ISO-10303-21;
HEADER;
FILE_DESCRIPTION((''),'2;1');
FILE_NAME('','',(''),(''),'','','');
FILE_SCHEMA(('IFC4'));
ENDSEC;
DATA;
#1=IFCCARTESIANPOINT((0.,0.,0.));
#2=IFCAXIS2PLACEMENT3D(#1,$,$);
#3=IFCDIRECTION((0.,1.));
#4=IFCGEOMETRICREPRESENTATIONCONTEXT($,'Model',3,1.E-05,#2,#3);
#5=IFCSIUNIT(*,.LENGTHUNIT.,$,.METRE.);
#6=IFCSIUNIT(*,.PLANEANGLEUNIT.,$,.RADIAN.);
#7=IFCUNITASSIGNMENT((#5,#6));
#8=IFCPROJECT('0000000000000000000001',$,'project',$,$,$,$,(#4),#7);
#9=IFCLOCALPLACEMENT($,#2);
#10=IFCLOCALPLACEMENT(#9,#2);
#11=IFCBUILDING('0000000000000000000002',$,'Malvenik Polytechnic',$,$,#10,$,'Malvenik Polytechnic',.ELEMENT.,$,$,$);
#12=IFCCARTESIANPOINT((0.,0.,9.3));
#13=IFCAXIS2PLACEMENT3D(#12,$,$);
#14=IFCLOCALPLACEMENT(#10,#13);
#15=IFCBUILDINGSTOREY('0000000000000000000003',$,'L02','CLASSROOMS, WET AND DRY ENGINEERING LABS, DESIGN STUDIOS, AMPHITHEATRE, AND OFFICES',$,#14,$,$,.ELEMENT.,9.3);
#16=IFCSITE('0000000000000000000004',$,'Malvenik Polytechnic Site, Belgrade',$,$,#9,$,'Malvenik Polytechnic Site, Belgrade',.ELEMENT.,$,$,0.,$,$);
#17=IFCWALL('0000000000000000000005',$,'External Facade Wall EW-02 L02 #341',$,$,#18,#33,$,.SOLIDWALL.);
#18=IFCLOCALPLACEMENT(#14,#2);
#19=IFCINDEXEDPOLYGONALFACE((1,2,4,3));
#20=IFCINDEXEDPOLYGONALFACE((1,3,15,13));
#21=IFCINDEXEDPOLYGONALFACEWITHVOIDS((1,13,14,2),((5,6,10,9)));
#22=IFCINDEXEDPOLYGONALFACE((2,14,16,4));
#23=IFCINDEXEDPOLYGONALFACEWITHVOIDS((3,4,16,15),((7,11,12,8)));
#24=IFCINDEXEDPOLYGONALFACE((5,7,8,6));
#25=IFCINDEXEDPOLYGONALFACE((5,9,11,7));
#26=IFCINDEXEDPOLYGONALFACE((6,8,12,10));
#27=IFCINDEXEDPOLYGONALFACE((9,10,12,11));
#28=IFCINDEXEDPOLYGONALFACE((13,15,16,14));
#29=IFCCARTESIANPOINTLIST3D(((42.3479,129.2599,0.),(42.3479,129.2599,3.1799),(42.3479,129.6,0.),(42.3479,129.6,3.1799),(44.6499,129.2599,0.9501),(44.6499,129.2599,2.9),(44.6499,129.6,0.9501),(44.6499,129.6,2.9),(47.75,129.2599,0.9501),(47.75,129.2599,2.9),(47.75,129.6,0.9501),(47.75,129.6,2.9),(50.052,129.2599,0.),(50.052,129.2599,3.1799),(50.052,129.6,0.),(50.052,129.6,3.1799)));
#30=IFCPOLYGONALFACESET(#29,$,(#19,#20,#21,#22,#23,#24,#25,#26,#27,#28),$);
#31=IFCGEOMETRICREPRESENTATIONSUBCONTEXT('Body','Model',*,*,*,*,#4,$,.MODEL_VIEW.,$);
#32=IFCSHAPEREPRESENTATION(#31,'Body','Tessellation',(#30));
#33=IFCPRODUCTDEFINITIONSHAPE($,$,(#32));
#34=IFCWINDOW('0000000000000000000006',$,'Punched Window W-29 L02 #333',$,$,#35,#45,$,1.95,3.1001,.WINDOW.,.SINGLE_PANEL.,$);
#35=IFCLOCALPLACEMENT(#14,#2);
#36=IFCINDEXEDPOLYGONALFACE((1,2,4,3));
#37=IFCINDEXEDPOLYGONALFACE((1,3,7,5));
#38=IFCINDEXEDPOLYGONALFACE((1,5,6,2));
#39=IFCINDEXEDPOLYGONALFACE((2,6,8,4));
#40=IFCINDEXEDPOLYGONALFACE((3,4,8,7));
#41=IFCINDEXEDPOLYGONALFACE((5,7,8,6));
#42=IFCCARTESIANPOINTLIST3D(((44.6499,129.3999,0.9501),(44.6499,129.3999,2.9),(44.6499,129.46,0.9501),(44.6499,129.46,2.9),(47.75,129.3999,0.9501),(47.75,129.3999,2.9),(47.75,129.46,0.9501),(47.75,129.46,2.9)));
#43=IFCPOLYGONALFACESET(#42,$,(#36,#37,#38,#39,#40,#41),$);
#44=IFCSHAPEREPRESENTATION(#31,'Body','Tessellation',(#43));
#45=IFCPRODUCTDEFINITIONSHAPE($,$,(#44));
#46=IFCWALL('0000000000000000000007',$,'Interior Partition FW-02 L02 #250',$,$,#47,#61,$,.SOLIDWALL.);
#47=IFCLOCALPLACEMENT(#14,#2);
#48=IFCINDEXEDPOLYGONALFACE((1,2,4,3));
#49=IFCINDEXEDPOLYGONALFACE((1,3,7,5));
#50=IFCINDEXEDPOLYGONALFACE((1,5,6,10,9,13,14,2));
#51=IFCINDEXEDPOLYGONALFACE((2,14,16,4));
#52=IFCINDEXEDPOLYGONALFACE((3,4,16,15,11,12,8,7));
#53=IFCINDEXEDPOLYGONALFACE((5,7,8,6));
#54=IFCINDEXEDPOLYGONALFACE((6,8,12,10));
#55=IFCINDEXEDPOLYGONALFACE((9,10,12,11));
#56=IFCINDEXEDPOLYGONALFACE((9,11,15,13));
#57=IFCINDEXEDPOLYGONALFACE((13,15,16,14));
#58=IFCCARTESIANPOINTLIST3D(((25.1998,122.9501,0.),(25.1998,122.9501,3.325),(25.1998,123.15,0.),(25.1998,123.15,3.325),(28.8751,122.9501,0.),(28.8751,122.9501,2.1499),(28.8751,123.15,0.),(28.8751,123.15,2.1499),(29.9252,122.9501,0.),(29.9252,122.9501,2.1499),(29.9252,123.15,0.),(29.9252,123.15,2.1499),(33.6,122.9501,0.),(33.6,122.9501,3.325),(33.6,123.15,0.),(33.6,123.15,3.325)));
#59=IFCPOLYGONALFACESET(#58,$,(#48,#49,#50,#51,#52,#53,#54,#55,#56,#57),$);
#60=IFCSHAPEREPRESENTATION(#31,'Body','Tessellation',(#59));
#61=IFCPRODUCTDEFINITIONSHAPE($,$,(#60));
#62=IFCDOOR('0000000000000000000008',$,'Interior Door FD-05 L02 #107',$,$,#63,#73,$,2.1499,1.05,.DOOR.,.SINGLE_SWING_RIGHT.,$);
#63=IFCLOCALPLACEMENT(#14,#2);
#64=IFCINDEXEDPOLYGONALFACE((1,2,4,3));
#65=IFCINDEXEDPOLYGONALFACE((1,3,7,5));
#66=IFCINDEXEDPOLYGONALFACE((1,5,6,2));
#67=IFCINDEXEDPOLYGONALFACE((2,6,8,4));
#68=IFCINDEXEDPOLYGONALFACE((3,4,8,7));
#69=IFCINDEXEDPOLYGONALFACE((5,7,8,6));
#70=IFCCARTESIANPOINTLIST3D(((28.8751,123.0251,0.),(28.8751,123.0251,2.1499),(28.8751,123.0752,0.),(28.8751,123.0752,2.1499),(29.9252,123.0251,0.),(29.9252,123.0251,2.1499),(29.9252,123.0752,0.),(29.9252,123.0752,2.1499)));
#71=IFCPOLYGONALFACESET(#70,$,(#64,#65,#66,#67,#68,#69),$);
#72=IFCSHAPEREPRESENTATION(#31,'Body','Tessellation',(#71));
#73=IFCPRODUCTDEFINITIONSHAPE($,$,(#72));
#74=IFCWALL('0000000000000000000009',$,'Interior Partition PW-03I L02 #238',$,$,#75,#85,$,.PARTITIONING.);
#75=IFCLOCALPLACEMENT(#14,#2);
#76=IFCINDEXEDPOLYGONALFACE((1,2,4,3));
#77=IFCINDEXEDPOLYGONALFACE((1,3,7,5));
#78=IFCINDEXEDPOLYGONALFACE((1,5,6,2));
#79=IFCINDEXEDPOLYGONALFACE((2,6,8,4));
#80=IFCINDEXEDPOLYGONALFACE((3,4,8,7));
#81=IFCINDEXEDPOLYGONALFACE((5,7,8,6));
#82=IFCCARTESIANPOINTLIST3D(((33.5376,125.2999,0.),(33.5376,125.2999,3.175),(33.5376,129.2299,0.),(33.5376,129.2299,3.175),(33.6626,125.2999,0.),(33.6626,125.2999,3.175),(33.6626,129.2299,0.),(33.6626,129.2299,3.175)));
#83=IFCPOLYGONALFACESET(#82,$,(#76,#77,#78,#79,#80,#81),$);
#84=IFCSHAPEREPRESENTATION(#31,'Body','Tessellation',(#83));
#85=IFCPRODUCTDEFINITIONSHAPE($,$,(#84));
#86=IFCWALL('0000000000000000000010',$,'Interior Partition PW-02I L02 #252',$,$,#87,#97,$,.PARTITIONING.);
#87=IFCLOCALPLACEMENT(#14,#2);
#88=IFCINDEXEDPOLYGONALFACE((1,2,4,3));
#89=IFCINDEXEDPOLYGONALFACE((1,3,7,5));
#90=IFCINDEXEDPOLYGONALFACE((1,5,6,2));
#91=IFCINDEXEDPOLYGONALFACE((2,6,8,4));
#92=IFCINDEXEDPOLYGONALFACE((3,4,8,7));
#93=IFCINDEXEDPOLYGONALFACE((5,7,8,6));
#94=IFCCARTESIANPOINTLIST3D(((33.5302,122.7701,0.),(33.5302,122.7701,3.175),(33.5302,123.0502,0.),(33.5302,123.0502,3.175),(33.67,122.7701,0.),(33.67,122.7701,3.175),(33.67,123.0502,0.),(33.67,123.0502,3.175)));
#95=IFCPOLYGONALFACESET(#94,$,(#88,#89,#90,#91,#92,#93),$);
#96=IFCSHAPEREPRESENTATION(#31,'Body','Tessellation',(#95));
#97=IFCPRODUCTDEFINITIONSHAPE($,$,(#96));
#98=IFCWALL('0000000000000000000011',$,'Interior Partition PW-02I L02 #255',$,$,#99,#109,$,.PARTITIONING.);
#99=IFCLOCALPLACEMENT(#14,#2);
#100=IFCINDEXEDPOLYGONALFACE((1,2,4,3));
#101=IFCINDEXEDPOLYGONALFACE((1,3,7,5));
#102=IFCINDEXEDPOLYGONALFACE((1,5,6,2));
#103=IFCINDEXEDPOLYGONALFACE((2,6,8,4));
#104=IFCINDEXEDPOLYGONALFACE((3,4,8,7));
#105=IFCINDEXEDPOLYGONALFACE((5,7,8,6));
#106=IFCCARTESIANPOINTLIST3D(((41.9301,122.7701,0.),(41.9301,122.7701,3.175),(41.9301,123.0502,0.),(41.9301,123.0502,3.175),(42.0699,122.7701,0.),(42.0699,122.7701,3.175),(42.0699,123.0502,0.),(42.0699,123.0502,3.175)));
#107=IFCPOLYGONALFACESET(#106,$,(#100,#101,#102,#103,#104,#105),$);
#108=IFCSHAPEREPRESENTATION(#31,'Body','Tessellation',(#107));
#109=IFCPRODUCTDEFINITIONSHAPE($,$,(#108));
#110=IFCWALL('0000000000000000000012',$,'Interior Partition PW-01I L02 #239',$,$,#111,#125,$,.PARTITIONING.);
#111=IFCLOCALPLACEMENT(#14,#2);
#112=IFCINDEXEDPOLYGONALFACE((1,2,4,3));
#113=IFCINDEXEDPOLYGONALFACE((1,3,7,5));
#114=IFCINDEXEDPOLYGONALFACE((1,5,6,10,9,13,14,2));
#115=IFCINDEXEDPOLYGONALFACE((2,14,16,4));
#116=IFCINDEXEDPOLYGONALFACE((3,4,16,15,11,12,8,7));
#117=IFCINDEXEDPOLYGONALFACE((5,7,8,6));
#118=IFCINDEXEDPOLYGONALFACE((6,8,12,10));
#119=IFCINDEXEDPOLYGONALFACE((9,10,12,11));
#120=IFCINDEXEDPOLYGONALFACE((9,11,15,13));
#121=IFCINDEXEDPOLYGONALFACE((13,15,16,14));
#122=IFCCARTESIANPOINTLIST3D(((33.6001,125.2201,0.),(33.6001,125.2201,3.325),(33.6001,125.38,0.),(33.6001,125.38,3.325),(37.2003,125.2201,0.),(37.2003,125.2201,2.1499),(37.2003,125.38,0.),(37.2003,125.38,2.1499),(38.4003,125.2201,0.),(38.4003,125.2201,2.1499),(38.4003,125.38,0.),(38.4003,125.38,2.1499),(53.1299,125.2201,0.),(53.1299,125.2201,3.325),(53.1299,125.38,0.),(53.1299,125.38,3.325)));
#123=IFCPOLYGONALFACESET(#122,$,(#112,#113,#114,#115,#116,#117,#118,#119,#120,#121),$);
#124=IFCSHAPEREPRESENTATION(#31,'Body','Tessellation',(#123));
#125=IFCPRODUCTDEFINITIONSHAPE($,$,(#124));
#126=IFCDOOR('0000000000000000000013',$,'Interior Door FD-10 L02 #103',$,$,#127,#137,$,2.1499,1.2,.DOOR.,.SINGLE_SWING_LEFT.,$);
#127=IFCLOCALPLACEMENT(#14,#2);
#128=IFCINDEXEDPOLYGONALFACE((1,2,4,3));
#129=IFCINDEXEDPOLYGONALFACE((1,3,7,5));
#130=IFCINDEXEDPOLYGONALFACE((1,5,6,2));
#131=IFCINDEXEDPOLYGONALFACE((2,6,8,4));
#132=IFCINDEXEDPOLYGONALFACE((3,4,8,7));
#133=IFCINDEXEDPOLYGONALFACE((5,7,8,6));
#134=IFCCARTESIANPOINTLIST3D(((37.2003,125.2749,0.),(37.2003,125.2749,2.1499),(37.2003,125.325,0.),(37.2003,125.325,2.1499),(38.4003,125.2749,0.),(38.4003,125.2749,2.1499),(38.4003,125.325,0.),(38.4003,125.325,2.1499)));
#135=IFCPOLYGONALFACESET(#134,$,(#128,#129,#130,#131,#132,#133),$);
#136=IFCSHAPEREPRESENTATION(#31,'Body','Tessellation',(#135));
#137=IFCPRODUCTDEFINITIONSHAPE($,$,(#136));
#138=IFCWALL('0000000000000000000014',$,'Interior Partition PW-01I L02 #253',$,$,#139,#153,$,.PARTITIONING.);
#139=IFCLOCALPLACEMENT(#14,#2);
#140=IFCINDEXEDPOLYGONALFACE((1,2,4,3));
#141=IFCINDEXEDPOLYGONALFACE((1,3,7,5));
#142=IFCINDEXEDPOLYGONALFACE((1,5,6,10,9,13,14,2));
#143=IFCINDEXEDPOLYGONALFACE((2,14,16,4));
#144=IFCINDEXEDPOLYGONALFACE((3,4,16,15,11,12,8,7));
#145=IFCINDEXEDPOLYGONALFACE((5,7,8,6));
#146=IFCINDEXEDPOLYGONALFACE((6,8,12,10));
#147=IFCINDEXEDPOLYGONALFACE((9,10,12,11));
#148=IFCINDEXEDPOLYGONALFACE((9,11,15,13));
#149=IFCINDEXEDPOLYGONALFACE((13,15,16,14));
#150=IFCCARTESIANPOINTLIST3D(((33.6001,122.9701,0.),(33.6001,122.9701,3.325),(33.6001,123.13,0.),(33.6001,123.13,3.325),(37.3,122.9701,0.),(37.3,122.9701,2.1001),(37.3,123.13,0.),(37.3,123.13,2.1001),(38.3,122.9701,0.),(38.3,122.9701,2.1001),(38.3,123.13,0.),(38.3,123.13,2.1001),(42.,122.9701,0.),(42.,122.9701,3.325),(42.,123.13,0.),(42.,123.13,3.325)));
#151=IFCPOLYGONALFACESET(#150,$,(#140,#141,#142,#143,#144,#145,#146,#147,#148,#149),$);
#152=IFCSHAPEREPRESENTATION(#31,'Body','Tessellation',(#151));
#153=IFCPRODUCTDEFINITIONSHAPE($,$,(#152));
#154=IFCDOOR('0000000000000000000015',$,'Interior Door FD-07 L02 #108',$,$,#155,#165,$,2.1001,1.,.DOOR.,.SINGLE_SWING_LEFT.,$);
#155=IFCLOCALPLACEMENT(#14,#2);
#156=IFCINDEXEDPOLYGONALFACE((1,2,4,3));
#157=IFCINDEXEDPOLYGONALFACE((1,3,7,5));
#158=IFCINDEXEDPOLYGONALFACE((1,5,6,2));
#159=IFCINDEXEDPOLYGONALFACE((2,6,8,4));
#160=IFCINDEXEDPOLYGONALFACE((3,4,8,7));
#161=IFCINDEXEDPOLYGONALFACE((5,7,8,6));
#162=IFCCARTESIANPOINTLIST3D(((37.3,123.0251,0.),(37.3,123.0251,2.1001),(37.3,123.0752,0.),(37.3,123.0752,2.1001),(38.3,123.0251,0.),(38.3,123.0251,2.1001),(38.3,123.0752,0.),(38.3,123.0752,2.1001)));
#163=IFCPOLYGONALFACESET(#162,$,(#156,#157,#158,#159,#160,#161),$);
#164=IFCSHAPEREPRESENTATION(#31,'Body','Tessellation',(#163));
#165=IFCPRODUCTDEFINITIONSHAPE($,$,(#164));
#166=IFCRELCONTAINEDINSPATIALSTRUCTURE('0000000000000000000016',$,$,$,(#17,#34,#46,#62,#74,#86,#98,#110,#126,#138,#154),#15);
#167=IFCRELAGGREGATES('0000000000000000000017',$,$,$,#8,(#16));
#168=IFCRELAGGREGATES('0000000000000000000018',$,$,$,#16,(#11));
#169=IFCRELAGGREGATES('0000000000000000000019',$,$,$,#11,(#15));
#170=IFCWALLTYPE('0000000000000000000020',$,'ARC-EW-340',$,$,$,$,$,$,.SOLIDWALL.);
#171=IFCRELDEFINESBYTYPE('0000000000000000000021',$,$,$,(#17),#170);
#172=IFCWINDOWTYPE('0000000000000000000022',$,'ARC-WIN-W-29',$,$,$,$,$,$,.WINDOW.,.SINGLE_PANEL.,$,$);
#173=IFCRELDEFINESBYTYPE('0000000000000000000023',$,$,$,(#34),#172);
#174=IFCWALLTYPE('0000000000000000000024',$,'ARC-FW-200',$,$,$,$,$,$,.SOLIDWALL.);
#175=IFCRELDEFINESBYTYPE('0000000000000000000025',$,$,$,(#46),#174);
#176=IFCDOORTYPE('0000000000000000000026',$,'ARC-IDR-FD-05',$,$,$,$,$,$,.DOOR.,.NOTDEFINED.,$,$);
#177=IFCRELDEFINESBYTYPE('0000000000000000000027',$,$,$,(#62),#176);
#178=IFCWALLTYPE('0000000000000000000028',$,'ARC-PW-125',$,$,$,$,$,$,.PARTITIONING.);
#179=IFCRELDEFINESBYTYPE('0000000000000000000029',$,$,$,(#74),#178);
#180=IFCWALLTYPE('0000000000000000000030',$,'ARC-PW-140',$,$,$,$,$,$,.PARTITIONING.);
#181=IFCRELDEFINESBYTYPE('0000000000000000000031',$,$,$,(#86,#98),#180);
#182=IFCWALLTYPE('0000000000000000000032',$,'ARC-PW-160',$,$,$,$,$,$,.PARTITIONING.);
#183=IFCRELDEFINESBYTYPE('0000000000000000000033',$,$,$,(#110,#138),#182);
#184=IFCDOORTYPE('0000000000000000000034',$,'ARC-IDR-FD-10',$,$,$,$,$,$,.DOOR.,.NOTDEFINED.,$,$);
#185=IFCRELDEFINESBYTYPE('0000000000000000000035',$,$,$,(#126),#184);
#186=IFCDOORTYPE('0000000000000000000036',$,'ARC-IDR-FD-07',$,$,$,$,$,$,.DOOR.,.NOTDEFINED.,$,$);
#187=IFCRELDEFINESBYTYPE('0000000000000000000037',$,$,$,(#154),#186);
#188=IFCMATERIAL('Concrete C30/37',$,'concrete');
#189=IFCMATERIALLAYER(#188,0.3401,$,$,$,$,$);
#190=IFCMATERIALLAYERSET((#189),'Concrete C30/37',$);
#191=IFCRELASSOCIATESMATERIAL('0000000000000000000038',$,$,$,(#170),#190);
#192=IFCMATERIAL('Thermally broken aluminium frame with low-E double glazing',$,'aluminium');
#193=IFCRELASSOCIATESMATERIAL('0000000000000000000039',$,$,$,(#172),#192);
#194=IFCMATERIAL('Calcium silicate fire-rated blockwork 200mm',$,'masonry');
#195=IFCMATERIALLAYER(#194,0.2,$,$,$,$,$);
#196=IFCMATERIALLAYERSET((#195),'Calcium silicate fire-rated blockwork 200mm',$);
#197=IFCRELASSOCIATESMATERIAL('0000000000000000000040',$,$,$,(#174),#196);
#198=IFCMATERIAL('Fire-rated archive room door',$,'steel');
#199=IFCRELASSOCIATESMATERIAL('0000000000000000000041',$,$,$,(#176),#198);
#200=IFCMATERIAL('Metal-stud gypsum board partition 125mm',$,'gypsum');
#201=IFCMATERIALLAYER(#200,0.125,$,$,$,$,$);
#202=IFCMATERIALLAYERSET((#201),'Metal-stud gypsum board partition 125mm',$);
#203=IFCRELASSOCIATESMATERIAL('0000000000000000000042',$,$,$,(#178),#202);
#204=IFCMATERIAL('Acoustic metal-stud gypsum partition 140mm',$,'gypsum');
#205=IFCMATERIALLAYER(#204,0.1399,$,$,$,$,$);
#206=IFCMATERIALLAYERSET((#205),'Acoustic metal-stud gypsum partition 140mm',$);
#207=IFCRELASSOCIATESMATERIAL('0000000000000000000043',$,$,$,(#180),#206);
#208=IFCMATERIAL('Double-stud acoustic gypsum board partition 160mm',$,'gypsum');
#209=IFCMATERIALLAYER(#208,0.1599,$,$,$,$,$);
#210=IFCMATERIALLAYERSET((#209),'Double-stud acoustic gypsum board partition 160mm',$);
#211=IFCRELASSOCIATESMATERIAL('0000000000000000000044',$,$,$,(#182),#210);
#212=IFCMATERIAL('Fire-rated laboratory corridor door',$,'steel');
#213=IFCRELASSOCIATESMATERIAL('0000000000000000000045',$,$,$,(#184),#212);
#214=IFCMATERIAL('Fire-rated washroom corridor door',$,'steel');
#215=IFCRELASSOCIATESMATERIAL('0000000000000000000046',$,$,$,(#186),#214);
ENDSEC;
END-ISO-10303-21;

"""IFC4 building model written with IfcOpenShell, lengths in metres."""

from ifc_helpers import new_model, si_unit, direction, frame, frame_2d, origin, place, context, subcontext, project, spatial, rectangle, extrude, material, layer, layer_set, type_object, element, fill, save


model = new_model("IFC4")

# Units and contexts
model_context = context("Model", 3, precision=1e-05, world=origin(), true_north=direction((0.0, 1.0)))
body_context = subcontext(model_context, "Body", "Model", "MODEL_VIEW")
ifc_project = project(units=[si_unit("LENGTHUNIT", "METRE"), si_unit("PLANEANGLEUNIT", "RADIAN")], contexts=[model_context])

# Site, building, storey
site_placement = place(None, origin())
site = spatial("IfcSite", under=ifc_project, at=site_placement, Name="Malvenik Polytechnic Site, Belgrade", LongName="Malvenik Polytechnic Site, Belgrade", CompositionType="ELEMENT", RefElevation=0.0)
building_placement = place(site_placement, origin())
building = spatial("IfcBuilding", under=site, at=building_placement, Name="Malvenik Polytechnic", LongName="Malvenik Polytechnic", CompositionType="ELEMENT")
storey_placement = place(building_placement, frame((0.0, 0.0, 9.3)))
storey = spatial("IfcBuildingStorey", under=building, at=storey_placement, Name="L02", Description="CLASSROOMS, WET AND DRY ENGINEERING LABS, DESIGN STUDIOS, AMPHITHEATRE, AND OFFICES", CompositionType="ELEMENT", Elevation=9.3)

# Shared definitions
ifc_material_1 = material(Name="Concrete C30/37", Category="concrete")

# Wall, opening, window
ifc_layer_1 = layer(ifc_material_1, 0.3401)
ifc_layer_set_1 = layer_set([ifc_layer_1], Name="Concrete C30/37")
wall_type_1 = type_object("IfcWallType", Name="ARC-EW-340", PredefinedType="SOLIDWALL", material=ifc_layer_set_1)
ifc_material_2 = material(Name="Thermally broken aluminium frame with low-E double glazing", Category="aluminium")
wall_1_placement = place(storey_placement, frame((42.3479, 129.4299, 0.0), z_axis=(0.0, 0.0, 1.0), x_axis=(1.0, 0.0, 0.0)))
wall_1 = element("IfcWall", 1, at=wall_1_placement, inside=storey, type_object=wall_type_1, Name="External Facade Wall EW-02 L02 #341", PredefinedType="SOLIDWALL", context=body_context, shape_type="SweptSolid", body=[
    extrude(rectangle(XDim=7.7041, YDim=0.3401, at=frame_2d((3.8521, 0.0))), origin(), (0.0, 0.0, 1.0), 3.1799),
])
opening_1_placement = place(wall_1_placement, frame((2.302, 0.0, 0.95)))
opening_1 = element("IfcOpeningElement", 2, at=opening_1_placement, cuts=wall_1, PredefinedType="OPENING", context=body_context, shape_type="SweptSolid", body=[
    extrude(rectangle(XDim=3.1001, YDim=1.95, at=frame_2d((1.55, 0.9751))), frame((0.0, 0.1802, 0.0), z_axis=(0.0, -1.0, 0.0), x_axis=(1.0, 0.0, 0.0)), (0.0, 0.0, 1.0), 0.3601),
])
window_type_1 = type_object("IfcWindowType", Name="ARC-WIN-W-29", PartitioningType="SINGLE_PANEL", PredefinedType="WINDOW", material=ifc_material_2)
window_1_placement = place(opening_1_placement, origin())
window_1 = element("IfcWindow", 3, at=window_1_placement, inside=storey, type_object=window_type_1, Name="Punched Window W-29 L02 #333", OverallHeight=1.95, OverallWidth=3.1001, PartitioningType="SINGLE_PANEL", PredefinedType="WINDOW", context=body_context, shape_type="SweptSolid", body=[
    extrude(rectangle(XDim=3.1001, YDim=1.95, at=frame_2d((1.55, 0.9751))), frame((0.0, 0.03, 0.0), z_axis=(0.0, -1.0, 0.0), x_axis=(1.0, 0.0, 0.0)), (0.0, 0.0, 1.0), 0.0601),
])
fill(opening_1, window_1)

# Wall, opening, door
ifc_material_3 = material(Name="Calcium silicate fire-rated blockwork 200mm", Category="masonry")
ifc_layer_2 = layer(ifc_material_3, 0.2)
ifc_layer_set_2 = layer_set([ifc_layer_2], Name="Calcium silicate fire-rated blockwork 200mm")
wall_type_2 = type_object("IfcWallType", Name="ARC-FW-200", PredefinedType="SOLIDWALL", material=ifc_layer_set_2)
wall_2_placement = place(storey_placement, frame((33.6001, 123.05, 0.0), z_axis=(0.0, 0.0, 1.0), x_axis=(-1.0, 0.0, 0.0)))
wall_2 = element("IfcWall", 4, at=wall_2_placement, inside=storey, type_object=wall_type_2, Name="Interior Partition FW-02 L02 #250", PredefinedType="SOLIDWALL", context=body_context, shape_type="SweptSolid", body=[
    extrude(rectangle(XDim=8.4001, YDim=0.2, at=frame_2d((4.2002, 0.0))), origin(), (0.0, 0.0, 1.0), 3.325),
])
opening_2_placement = place(wall_2_placement, frame((3.675, 0.0, 0.0)))
opening_2 = element("IfcOpeningElement", 5, at=opening_2_placement, cuts=wall_2, PredefinedType="OPENING", context=body_context, shape_type="SweptSolid", body=[
    extrude(rectangle(XDim=1.05, YDim=2.1499, at=frame_2d((0.5249, 1.075))), frame((0.0, 0.1099, 0.0), z_axis=(0.0, -1.0, 0.0), x_axis=(1.0, 0.0, 0.0)), (0.0, 0.0, 1.0), 0.22),
])
ifc_material_4 = material(Name="Fire-rated archive room door", Category="steel")
door_type_1 = type_object("IfcDoorType", Name="ARC-IDR-FD-05", OperationType="NOTDEFINED", PredefinedType="DOOR", material=ifc_material_4)
door_1_placement = place(opening_2_placement, origin())
door_1 = element("IfcDoor", 6, at=door_1_placement, inside=storey, type_object=door_type_1, Name="Interior Door FD-05 L02 #107", OperationType="SINGLE_SWING_RIGHT", OverallHeight=2.1499, OverallWidth=1.05, PredefinedType="DOOR", context=body_context, shape_type="SweptSolid", body=[
    extrude(rectangle(XDim=1.05, YDim=2.1499, at=frame_2d((0.5249, 1.075))), frame((0.0, 0.0249, 0.0), z_axis=(0.0, -1.0, 0.0), x_axis=(1.0, 0.0, 0.0)), (0.0, 0.0, 1.0), 0.05),
])
fill(opening_2, door_1)

# Walls
ifc_material_5 = material(Name="Metal-stud gypsum board partition 125mm", Category="gypsum")
ifc_layer_3 = layer(ifc_material_5, 0.125)
ifc_layer_set_3 = layer_set([ifc_layer_3], Name="Metal-stud gypsum board partition 125mm")
wall_type_3 = type_object("IfcWallType", Name="ARC-PW-125", PredefinedType="PARTITIONING", material=ifc_layer_set_3)
wall_3_placement = place(storey_placement, frame((33.6001, 125.3, 0.0), z_axis=(0.0, 0.0, 1.0), x_axis=(0.0, 1.0, 0.0)))
element("IfcWall", 7, at=wall_3_placement, inside=storey, type_object=wall_type_3, Name="Interior Partition PW-03I L02 #238", PredefinedType="PARTITIONING", context=body_context, shape_type="SweptSolid", body=[
    extrude(rectangle(XDim=3.9299, YDim=0.125, at=frame_2d((1.9648, 0.0))), origin(), (0.0, 0.0, 1.0), 3.175),
])
ifc_material_6 = material(Name="Acoustic metal-stud gypsum partition 140mm", Category="gypsum")
ifc_layer_4 = layer(ifc_material_6, 0.1399)
ifc_layer_set_4 = layer_set([ifc_layer_4], Name="Acoustic metal-stud gypsum partition 140mm")
wall_type_4 = type_object("IfcWallType", Name="ARC-PW-140", PredefinedType="PARTITIONING", material=ifc_layer_set_4)
for number, where, z_axis, x_axis, name in (
    (8, (33.6001, 122.77, 0.0), (0.0, 0.0, 1.0), (0.0, 1.0, 0.0), "Interior Partition PW-02I L02 #252"),
    (9, (42.0, 122.77, 0.0), (0.0, 0.0, 1.0), (0.0, 1.0, 0.0), "Interior Partition PW-02I L02 #255"),
):
    element("IfcWall", number, at=place(storey_placement, frame(where, z_axis=z_axis, x_axis=x_axis)), inside=storey, type_object=wall_type_4, Name=name, PredefinedType="PARTITIONING", context=body_context, shape_type="SweptSolid", body=[
        extrude(rectangle(XDim=0.28, YDim=0.1399, at=frame_2d((0.1401, 0.0))), origin(), (0.0, 0.0, 1.0), 3.175),
    ])

# Walls, openings, doors
ifc_material_7 = material(Name="Double-stud acoustic gypsum board partition 160mm", Category="gypsum")
ifc_layer_5 = layer(ifc_material_7, 0.1599)
ifc_layer_set_5 = layer_set([ifc_layer_5], Name="Double-stud acoustic gypsum board partition 160mm")
wall_type_5 = type_object("IfcWallType", Name="ARC-PW-160", PredefinedType="PARTITIONING", material=ifc_layer_set_5)
wall_4_placement = place(storey_placement, frame((33.6001, 125.3, 0.0), z_axis=(0.0, 0.0, 1.0), x_axis=(1.0, 0.0, 0.0)))
wall_4 = element("IfcWall", 10, at=wall_4_placement, inside=storey, type_object=wall_type_5, Name="Interior Partition PW-01I L02 #239", PredefinedType="PARTITIONING", context=body_context, shape_type="SweptSolid", body=[
    extrude(rectangle(XDim=19.5298, YDim=0.1599, at=frame_2d((9.7649, 0.0))), origin(), (0.0, 0.0, 1.0), 3.325),
])
opening_3_placement = place(wall_4_placement, frame((3.6001, 0.0, 0.0)))
opening_3 = element("IfcOpeningElement", 11, at=opening_3_placement, cuts=wall_4, PredefinedType="OPENING", context=body_context, shape_type="SweptSolid", body=[
    extrude(rectangle(XDim=1.2, YDim=2.1499, at=frame_2d((0.6001, 1.075))), frame((0.0, 0.0898, 0.0), z_axis=(0.0, -1.0, 0.0), x_axis=(1.0, 0.0, 0.0)), (0.0, 0.0, 1.0), 0.1799),
])
ifc_material_8 = material(Name="Fire-rated laboratory corridor door", Category="steel")
door_type_2 = type_object("IfcDoorType", Name="ARC-IDR-FD-10", OperationType="NOTDEFINED", PredefinedType="DOOR", material=ifc_material_8)
door_2_placement = place(opening_3_placement, origin())
door_2 = element("IfcDoor", 12, at=door_2_placement, inside=storey, type_object=door_type_2, Name="Interior Door FD-10 L02 #103", OperationType="SINGLE_SWING_LEFT", OverallHeight=2.1499, OverallWidth=1.2, PredefinedType="DOOR", context=body_context, shape_type="SweptSolid", body=[
    extrude(rectangle(XDim=1.2, YDim=2.1499, at=frame_2d((0.6001, 1.075))), frame((0.0, 0.0249, 0.0), z_axis=(0.0, -1.0, 0.0), x_axis=(1.0, 0.0, 0.0)), (0.0, 0.0, 1.0), 0.05),
])
fill(opening_3, door_2)
wall_5_placement = place(storey_placement, frame((42.0, 123.05, 0.0), z_axis=(0.0, 0.0, 1.0), x_axis=(-1.0, 0.0, 0.0)))
wall_5 = element("IfcWall", 13, at=wall_5_placement, inside=storey, type_object=wall_type_5, Name="Interior Partition PW-01I L02 #253", PredefinedType="PARTITIONING", context=body_context, shape_type="SweptSolid", body=[
    extrude(rectangle(XDim=8.3999, YDim=0.1599, at=frame_2d((4.2, 0.0))), origin(), (0.0, 0.0, 1.0), 3.325),
])
opening_4_placement = place(wall_5_placement, frame((3.7, 0.0, 0.0)))
opening_4 = element("IfcOpeningElement", 14, at=opening_4_placement, cuts=wall_5, PredefinedType="OPENING", context=body_context, shape_type="SweptSolid", body=[
    extrude(rectangle(XDim=1.0, YDim=2.1001, at=frame_2d((0.5, 1.05))), frame((0.0, 0.0898, 0.0), z_axis=(0.0, -1.0, 0.0), x_axis=(1.0, 0.0, 0.0)), (0.0, 0.0, 1.0), 0.1799),
])
ifc_material_9 = material(Name="Fire-rated washroom corridor door", Category="steel")
door_type_3 = type_object("IfcDoorType", Name="ARC-IDR-FD-07", OperationType="NOTDEFINED", PredefinedType="DOOR", material=ifc_material_9)
door_3_placement = place(opening_4_placement, origin())
door_3 = element("IfcDoor", 15, at=door_3_placement, inside=storey, type_object=door_type_3, Name="Interior Door FD-07 L02 #108", OperationType="SINGLE_SWING_LEFT", OverallHeight=2.1001, OverallWidth=1.0, PredefinedType="DOOR", context=body_context, shape_type="SweptSolid", body=[
    extrude(rectangle(XDim=1.0, YDim=2.1001, at=frame_2d((0.5, 1.05))), frame((0.0, 0.0249, 0.0), z_axis=(0.0, -1.0, 0.0), x_axis=(1.0, 0.0, 0.0)), (0.0, 0.0, 1.0), 0.05),
])
fill(opening_4, door_3)

save(model, "model.ifc")
